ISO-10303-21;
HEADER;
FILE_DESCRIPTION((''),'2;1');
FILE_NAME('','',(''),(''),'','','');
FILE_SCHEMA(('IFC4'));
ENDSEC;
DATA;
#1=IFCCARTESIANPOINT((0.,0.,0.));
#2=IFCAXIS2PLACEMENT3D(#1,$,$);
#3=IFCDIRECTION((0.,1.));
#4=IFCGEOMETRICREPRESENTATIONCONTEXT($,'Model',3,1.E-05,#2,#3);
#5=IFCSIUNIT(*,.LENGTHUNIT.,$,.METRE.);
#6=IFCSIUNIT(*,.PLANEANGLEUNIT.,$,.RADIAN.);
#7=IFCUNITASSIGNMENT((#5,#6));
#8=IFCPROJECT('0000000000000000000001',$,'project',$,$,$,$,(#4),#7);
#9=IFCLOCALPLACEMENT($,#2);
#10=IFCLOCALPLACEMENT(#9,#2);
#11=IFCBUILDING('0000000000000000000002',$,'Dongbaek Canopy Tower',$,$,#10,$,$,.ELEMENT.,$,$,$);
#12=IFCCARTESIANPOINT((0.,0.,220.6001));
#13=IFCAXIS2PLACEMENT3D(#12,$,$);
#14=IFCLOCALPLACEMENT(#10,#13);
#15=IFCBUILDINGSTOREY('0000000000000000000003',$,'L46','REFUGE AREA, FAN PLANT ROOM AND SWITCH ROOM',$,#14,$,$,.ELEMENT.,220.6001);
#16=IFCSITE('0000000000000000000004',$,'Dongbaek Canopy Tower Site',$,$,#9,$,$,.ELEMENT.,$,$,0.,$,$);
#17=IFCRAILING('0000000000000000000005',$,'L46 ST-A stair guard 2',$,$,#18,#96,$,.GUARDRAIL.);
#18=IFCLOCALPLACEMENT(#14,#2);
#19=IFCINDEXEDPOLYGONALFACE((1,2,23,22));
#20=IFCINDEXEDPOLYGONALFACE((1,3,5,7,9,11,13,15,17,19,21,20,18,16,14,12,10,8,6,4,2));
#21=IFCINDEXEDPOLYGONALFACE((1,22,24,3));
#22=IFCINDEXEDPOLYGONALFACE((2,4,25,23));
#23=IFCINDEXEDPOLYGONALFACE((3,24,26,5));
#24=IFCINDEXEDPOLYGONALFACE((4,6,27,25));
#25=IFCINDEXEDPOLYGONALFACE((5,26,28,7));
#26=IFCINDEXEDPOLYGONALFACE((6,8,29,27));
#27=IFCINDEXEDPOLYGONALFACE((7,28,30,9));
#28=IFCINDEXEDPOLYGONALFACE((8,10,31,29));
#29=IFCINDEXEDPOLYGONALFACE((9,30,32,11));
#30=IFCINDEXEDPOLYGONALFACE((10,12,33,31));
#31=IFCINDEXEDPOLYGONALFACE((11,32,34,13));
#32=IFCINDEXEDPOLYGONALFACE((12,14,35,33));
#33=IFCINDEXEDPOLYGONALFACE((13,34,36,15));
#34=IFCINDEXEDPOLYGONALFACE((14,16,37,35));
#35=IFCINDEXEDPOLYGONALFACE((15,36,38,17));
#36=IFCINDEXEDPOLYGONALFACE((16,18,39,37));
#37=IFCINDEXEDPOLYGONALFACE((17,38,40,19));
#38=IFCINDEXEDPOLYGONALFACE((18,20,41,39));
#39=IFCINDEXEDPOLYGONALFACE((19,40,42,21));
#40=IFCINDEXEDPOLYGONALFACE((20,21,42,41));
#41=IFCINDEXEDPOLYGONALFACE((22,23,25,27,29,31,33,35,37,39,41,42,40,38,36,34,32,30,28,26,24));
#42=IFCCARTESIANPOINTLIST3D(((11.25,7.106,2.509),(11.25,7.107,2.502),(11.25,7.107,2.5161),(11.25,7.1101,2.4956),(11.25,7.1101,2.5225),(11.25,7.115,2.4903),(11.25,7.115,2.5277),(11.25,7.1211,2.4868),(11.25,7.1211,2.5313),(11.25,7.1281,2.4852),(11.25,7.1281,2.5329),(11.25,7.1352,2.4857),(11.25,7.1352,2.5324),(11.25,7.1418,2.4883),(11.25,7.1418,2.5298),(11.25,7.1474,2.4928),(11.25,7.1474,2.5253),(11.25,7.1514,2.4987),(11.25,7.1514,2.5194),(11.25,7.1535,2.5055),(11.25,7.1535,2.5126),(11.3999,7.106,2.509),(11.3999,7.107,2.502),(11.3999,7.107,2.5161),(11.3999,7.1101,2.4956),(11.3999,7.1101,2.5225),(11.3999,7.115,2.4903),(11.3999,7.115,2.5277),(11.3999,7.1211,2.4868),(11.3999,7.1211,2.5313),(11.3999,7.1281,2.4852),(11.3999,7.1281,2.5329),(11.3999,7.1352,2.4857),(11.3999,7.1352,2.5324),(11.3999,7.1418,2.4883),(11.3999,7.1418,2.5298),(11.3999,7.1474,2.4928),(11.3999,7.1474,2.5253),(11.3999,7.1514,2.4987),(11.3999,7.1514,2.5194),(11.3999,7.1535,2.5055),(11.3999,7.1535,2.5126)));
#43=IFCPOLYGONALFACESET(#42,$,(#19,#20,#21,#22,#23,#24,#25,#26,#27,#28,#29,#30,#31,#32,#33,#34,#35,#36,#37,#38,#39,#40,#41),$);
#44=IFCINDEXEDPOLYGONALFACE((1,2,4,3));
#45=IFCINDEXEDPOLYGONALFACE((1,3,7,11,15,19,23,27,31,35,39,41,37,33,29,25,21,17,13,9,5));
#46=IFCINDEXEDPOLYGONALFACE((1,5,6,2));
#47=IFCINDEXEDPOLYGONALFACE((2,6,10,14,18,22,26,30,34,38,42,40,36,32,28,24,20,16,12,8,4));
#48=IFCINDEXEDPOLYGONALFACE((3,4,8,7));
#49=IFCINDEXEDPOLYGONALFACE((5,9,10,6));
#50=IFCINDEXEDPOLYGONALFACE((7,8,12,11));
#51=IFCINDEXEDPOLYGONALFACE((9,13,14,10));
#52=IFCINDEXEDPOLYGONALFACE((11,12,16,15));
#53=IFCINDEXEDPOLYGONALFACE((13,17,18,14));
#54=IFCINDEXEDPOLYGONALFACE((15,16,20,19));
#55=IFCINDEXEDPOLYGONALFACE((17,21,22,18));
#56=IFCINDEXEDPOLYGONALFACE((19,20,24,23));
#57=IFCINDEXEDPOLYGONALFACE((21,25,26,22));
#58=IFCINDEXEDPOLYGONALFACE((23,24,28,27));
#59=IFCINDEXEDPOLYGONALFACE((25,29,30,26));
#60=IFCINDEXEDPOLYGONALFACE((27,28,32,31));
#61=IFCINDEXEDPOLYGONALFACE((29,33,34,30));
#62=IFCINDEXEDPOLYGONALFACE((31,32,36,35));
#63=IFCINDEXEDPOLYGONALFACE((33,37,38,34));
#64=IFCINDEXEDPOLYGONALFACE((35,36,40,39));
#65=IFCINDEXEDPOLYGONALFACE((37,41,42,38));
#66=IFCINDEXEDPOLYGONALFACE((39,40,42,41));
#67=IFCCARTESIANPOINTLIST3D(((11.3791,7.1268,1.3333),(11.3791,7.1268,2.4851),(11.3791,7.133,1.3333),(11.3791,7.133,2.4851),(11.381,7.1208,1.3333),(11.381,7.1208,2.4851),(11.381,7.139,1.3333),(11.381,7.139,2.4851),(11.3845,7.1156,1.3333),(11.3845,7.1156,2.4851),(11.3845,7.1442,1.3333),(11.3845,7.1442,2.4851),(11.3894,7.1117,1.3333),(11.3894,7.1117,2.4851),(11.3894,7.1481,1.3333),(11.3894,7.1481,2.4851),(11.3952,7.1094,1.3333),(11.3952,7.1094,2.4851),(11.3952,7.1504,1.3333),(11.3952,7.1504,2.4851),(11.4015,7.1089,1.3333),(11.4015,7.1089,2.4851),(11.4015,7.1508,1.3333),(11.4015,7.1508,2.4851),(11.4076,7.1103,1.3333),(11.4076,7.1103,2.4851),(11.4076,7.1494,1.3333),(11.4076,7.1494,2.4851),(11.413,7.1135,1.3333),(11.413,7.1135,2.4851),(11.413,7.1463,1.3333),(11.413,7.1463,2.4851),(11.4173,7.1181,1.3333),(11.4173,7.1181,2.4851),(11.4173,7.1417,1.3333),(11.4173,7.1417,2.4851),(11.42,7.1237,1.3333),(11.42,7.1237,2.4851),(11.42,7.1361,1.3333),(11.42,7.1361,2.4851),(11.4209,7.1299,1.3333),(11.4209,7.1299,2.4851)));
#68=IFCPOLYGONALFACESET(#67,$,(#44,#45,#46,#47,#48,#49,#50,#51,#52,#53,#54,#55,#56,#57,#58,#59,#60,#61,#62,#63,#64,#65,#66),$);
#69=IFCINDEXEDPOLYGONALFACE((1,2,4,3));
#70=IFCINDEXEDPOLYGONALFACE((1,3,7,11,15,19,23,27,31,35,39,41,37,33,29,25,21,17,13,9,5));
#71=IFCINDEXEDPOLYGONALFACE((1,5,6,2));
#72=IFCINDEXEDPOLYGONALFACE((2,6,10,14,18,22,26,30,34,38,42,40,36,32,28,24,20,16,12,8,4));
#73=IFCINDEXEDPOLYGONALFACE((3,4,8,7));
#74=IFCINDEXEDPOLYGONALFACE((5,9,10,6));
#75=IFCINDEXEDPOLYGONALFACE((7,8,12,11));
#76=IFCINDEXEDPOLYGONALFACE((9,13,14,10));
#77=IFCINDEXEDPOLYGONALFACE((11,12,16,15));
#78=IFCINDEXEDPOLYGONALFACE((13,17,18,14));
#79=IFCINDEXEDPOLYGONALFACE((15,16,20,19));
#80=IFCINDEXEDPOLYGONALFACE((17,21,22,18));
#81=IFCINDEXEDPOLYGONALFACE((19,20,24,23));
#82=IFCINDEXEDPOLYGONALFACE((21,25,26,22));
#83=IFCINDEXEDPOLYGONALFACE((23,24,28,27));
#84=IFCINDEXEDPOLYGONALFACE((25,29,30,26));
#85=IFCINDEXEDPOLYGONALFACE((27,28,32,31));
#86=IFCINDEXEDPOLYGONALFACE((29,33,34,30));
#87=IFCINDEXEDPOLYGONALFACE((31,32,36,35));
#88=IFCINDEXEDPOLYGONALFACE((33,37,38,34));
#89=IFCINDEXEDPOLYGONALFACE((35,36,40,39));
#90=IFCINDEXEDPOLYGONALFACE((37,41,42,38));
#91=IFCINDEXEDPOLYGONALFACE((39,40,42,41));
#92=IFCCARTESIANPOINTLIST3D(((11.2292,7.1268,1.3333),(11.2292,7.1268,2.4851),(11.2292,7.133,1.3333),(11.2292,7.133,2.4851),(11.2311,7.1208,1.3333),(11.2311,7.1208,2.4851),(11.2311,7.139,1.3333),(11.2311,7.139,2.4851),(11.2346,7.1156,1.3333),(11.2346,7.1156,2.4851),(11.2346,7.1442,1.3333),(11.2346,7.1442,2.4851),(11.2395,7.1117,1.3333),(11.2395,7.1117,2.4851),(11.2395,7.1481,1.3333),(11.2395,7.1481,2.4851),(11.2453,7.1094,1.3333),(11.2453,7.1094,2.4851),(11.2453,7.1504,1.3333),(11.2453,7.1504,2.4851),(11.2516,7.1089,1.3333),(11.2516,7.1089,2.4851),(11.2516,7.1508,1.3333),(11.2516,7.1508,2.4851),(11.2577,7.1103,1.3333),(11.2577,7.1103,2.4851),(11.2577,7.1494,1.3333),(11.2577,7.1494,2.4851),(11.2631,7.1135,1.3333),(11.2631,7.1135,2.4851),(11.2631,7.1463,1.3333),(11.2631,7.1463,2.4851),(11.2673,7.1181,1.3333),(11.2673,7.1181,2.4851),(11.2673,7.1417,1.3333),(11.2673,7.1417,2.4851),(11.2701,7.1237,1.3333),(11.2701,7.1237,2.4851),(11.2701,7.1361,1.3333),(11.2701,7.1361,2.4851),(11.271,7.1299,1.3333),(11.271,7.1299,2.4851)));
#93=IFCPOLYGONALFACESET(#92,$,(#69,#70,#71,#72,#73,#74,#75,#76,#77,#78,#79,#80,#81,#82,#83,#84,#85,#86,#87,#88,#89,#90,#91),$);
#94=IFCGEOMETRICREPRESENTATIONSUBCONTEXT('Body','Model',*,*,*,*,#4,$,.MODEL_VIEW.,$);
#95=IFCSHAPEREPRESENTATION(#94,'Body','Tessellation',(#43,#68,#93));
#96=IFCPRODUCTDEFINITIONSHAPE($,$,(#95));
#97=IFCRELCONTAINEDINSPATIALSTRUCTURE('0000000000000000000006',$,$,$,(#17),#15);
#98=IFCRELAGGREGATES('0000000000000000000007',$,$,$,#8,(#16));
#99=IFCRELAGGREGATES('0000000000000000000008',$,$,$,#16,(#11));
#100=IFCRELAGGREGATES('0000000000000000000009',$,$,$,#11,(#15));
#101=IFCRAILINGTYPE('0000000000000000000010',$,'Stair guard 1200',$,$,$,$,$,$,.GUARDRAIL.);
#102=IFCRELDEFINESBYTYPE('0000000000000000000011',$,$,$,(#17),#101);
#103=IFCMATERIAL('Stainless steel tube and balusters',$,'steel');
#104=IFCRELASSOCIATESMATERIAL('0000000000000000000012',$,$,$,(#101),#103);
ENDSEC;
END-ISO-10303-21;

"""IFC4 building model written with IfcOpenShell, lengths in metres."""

from ifc_helpers import new_model, si_unit, direction, frame, origin, origin_2d, place, context, subcontext, project, spatial, circle, extrude, material, type_object, element, save


model = new_model("IFC4")

# Units and contexts
model_context = context("Model", 3, precision=1e-05, world=origin(), true_north=direction((0.0, 1.0)))
body_context = subcontext(model_context, "Body", "Model", "MODEL_VIEW")
ifc_project = project(units=[si_unit("LENGTHUNIT", "METRE"), si_unit("PLANEANGLEUNIT", "RADIAN")], contexts=[model_context])

# Site, building, storey
site_placement = place(None, origin())
site = spatial("IfcSite", under=ifc_project, at=site_placement, Name="Dongbaek Canopy Tower Site", CompositionType="ELEMENT", RefElevation=0.0)
building_placement = place(site_placement, origin())
building = spatial("IfcBuilding", under=site, at=building_placement, Name="Dongbaek Canopy Tower", CompositionType="ELEMENT")
storey_placement = place(building_placement, frame((0.0, 0.0, 220.6001)))
storey = spatial("IfcBuildingStorey", under=building, at=storey_placement, Name="L46", Description="REFUGE AREA, FAN PLANT ROOM AND SWITCH ROOM", CompositionType="ELEMENT", Elevation=220.6001)

# Railing
ifc_material_1 = material(Name="Stainless steel tube and balusters", Category="steel")
railing_type = type_object("IfcRailingType", Name="Stair guard 1200", PredefinedType="GUARDRAIL", material=ifc_material_1)
railing_1_placement = place(storey_placement, frame((11.3999, 7.1299, 1.3333)))
element("IfcRailing", 1, at=railing_1_placement, inside=storey, type_object=railing_type, Name="L46 ST-A stair guard 2", PredefinedType="GUARDRAIL", context=body_context, shape_type="SweptSolid", body=[
    extrude(circle(Radius=0.0239, at=origin_2d()), frame((0.0, 0.0, 1.1758), z_axis=(-1.0, 0.0, 0.0), x_axis=(0.0, -1.0, 0.0)), (0.0, 0.0, 1.0), 0.1499),
    extrude(circle(Radius=0.021, at=origin_2d()), origin(), (0.0, 0.0, 1.0), 1.1519),
    extrude(circle(Radius=0.021, at=origin_2d()), frame((-0.1499, 0.0, 0.0)), (0.0, 0.0, 1.0), 1.1519),
])

save(model, "model.ifc")
